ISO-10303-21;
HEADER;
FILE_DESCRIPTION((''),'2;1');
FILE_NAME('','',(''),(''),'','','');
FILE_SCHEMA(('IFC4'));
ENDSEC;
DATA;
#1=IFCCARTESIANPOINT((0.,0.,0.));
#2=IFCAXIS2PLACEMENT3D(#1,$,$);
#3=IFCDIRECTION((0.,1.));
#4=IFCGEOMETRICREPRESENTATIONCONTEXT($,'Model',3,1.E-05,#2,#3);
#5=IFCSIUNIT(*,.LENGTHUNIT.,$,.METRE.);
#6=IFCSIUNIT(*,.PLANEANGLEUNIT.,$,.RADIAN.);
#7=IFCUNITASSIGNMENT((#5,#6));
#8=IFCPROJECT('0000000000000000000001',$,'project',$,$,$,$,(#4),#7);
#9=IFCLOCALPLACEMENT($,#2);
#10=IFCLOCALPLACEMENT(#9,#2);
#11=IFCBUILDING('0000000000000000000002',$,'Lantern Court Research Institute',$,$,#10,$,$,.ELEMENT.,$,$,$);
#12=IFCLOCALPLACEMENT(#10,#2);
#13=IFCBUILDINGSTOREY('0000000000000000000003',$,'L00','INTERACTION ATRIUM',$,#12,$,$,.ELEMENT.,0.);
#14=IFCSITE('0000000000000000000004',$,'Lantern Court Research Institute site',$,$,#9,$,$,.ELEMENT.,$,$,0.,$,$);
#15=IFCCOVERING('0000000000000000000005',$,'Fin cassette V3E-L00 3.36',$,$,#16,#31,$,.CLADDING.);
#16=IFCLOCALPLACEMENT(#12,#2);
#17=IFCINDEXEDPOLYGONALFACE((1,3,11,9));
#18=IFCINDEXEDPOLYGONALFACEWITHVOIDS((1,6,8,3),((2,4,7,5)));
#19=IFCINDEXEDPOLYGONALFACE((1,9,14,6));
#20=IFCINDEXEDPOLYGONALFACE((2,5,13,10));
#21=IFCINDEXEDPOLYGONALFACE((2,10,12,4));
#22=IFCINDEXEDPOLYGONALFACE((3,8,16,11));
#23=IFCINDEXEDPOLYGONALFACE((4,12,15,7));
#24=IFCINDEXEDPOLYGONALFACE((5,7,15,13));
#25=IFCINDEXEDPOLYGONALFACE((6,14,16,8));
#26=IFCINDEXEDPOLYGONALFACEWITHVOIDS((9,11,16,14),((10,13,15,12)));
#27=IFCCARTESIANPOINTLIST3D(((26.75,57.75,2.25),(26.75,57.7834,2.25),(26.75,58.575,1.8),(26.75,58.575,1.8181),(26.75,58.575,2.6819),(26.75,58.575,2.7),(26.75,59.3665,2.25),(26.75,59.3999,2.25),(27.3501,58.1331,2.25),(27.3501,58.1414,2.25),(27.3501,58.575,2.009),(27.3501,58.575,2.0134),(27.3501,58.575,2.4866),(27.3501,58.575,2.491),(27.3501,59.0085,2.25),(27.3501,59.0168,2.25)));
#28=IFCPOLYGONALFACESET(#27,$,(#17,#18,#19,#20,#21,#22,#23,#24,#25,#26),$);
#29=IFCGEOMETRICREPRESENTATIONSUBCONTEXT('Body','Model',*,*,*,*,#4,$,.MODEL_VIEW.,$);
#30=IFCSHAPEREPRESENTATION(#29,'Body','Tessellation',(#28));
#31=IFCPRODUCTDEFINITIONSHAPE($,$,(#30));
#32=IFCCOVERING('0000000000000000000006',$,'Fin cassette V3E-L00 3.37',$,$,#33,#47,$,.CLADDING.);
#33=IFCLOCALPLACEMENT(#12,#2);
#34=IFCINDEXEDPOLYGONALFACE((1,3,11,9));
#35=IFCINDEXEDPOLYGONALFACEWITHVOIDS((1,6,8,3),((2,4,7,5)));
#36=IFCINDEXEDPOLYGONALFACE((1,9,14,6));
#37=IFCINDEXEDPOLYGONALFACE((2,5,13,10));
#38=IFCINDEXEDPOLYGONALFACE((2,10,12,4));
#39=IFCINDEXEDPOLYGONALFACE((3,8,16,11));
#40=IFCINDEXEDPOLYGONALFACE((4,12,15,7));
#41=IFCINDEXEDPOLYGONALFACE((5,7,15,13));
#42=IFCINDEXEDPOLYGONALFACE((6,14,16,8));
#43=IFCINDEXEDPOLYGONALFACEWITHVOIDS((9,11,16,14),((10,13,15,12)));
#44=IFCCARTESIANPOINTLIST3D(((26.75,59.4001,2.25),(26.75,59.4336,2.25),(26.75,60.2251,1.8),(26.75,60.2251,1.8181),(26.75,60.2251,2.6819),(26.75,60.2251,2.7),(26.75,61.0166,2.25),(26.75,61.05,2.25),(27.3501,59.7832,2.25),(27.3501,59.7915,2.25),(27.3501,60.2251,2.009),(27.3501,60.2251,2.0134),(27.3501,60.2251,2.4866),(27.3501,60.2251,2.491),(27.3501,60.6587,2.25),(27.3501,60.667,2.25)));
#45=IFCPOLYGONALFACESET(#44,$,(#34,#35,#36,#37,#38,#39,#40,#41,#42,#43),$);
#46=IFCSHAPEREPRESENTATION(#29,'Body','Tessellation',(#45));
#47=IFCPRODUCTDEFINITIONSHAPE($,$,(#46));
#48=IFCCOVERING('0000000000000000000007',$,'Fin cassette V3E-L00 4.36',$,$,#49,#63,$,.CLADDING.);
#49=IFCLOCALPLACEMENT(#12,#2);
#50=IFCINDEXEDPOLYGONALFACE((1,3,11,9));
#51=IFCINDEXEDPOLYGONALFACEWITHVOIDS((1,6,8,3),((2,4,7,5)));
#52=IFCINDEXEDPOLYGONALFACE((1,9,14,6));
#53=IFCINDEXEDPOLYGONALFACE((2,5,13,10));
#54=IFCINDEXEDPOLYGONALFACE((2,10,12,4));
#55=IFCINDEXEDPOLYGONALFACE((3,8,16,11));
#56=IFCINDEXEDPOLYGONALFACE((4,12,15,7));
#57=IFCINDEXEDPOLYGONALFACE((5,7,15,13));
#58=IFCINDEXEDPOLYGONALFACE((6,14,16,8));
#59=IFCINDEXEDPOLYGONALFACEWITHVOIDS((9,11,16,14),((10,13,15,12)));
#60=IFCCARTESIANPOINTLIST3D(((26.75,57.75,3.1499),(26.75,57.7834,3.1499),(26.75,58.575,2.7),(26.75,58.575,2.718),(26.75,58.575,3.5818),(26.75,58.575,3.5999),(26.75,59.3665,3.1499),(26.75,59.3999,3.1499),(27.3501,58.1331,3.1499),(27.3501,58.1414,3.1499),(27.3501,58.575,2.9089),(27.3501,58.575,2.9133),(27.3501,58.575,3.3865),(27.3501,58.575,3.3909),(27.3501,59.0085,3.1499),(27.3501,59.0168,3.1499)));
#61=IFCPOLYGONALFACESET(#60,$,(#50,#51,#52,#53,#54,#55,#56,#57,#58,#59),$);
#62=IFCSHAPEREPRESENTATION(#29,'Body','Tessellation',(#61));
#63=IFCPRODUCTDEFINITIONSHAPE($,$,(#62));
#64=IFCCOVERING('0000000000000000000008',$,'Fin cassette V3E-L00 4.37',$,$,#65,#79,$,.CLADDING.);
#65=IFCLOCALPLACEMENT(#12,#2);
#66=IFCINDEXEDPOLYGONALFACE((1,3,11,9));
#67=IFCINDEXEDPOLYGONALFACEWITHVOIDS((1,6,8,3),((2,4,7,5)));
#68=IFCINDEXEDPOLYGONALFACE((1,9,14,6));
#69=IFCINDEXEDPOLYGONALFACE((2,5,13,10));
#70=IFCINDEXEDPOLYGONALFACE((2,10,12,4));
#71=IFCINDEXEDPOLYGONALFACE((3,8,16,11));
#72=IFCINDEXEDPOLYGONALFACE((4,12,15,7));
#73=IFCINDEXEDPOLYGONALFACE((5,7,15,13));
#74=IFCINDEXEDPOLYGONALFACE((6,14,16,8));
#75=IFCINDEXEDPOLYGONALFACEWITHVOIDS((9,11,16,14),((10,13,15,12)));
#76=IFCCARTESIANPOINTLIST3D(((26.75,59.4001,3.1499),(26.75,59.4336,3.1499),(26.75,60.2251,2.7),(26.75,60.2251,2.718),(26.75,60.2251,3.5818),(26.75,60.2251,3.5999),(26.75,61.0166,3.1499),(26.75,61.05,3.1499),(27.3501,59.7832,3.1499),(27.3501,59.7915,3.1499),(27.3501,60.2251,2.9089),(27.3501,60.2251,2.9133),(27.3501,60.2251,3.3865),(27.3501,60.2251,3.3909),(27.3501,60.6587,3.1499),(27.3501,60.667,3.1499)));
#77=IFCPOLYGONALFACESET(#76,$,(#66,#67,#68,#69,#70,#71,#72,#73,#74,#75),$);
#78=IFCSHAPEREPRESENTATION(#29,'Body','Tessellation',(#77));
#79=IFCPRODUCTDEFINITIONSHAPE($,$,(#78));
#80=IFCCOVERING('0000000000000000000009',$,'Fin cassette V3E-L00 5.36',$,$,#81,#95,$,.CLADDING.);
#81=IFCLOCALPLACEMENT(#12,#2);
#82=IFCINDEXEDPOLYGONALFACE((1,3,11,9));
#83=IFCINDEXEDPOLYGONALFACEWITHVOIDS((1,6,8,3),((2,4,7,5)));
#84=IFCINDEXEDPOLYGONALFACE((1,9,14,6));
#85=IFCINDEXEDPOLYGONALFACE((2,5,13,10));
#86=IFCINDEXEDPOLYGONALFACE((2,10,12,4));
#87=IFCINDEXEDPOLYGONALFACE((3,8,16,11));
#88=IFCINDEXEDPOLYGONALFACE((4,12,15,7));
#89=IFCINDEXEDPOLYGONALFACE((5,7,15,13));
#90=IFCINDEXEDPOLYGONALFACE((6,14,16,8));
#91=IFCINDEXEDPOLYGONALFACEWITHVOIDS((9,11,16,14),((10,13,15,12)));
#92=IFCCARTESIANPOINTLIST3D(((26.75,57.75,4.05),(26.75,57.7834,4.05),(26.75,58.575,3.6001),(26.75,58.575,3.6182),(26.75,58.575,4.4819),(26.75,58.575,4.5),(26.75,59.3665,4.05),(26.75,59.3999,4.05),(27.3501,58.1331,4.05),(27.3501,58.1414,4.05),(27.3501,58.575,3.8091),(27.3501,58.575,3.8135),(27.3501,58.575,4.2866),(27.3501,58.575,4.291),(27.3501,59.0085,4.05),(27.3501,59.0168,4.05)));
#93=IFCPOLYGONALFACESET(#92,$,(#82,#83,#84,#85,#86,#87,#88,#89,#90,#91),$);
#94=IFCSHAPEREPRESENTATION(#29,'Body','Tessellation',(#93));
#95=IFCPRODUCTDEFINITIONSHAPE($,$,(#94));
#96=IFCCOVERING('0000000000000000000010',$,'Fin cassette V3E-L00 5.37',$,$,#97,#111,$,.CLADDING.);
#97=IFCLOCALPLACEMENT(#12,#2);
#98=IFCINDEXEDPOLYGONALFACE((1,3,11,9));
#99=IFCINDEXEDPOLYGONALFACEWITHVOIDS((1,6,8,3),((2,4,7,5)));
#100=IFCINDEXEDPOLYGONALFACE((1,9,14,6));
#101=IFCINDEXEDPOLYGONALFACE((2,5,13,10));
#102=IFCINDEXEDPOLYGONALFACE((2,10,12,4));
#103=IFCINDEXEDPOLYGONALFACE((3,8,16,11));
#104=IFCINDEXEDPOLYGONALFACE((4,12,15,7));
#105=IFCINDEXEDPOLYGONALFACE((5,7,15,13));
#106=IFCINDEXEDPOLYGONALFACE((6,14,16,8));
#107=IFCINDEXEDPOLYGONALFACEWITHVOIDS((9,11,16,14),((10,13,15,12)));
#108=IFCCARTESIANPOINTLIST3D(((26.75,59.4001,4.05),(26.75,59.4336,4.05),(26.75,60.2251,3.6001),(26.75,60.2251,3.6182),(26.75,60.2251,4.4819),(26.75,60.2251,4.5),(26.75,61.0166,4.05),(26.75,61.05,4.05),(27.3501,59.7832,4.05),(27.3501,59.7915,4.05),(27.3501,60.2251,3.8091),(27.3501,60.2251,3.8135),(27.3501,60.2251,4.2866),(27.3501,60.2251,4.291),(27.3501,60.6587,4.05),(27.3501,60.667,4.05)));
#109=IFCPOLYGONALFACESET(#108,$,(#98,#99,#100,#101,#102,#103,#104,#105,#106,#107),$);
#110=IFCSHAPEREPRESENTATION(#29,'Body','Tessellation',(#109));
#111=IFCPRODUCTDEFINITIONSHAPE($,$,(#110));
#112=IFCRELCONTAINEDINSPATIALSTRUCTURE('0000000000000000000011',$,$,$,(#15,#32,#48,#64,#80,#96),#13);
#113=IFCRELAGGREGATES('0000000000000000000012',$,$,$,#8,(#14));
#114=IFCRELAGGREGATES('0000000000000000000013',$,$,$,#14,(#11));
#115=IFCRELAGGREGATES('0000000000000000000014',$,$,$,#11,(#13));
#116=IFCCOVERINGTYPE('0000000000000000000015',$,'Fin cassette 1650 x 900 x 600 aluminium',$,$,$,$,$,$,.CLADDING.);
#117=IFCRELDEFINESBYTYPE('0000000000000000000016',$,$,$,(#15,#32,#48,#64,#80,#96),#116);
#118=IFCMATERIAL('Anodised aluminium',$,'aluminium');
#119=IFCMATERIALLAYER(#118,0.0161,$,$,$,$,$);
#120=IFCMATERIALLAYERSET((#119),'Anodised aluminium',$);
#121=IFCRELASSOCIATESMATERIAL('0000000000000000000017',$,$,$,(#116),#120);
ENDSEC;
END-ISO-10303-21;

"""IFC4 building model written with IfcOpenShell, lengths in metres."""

from ifc_helpers import new_model, entity, si_unit, direction, frame, origin, place, context, subcontext, project, spatial, material, layer, layer_set, type_object, element, save


model = new_model("IFC4")

# Units and contexts
model_context = context("Model", 3, precision=1e-05, world=origin(), true_north=direction((0.0, 1.0)))
body_context = subcontext(model_context, "Body", "Model", "MODEL_VIEW")
ifc_project = project(units=[si_unit("LENGTHUNIT", "METRE"), si_unit("PLANEANGLEUNIT", "RADIAN")], contexts=[model_context])

# Site, building, storey
site_placement = place(None, origin())
site = spatial("IfcSite", under=ifc_project, at=site_placement, Name="Lantern Court Research Institute site", CompositionType="ELEMENT", RefElevation=0.0)
building_placement = place(site_placement, origin())
building = spatial("IfcBuilding", under=site, at=building_placement, Name="Lantern Court Research Institute", CompositionType="ELEMENT")
storey_placement = place(building_placement, origin())
storey = spatial("IfcBuildingStorey", under=building, at=storey_placement, Name="L00", Description="INTERACTION ATRIUM", CompositionType="ELEMENT", Elevation=0.0)

# Coverings
ifc_material_1 = material(Name="Anodised aluminium", Category="aluminium")
ifc_layer_1 = layer(ifc_material_1, 0.0161)
ifc_layer_set_1 = layer_set([ifc_layer_1], Name="Anodised aluminium")
covering_type_1 = type_object("IfcCoveringType", Name="Fin cassette 1650 x 900 x 600 aluminium", PredefinedType="CLADDING", material=ifc_layer_set_1)
covering_1_placement = place(storey_placement, frame((26.75, 58.575, 2.25), z_axis=(1.0, 0.0, 0.0), x_axis=(0.0, 1.0, 0.0)))
cartesian_point_1 = entity("IfcCartesianPoint", [0.825, 0.0])
cartesian_point_2 = entity("IfcCartesianPoint", [0.7915, 0.0])
cartesian_point_3 = entity("IfcCartesianPoint", [0.4419, 0.0])
cartesian_point_4 = entity("IfcCartesianPoint", [0.4336, 0.0])
element("IfcCovering", 1, at=covering_1_placement, inside=storey, type_object=covering_type_1, Name="Fin cassette V3E-L00 3.36", PredefinedType="CLADDING", context=body_context, shape_type="SweptSolid", body=[
    entity("IfcExtrudedAreaSolidTapered", entity("IfcArbitraryProfileDefWithVoids", "AREA", None, entity("IfcPolyline", [cartesian_point_1, entity("IfcCartesianPoint", [0.0, 0.45]), entity("IfcCartesianPoint", [-0.825, 0.0]), entity("IfcCartesianPoint", [0.0, -0.45]), cartesian_point_1]), [entity("IfcPolyline", [cartesian_point_2, entity("IfcCartesianPoint", [0.0, 0.4319]), entity("IfcCartesianPoint", [-0.7915, 0.0]), entity("IfcCartesianPoint", [0.0, -0.4319]), cartesian_point_2])]), entity("IfcAxis2Placement3D", entity("IfcCartesianPoint", [0.0, 0.0, 0.0])), entity("IfcDirection", [0.0, 0.0, 1.0]), 0.6001, entity("IfcArbitraryProfileDefWithVoids", "AREA", None, entity("IfcPolyline", [cartesian_point_3, entity("IfcCartesianPoint", [0.0, 0.241]), entity("IfcCartesianPoint", [-0.4419, 0.0]), entity("IfcCartesianPoint", [0.0, -0.241]), cartesian_point_3]), [entity("IfcPolyline", [cartesian_point_4, entity("IfcCartesianPoint", [0.0, 0.2366]), entity("IfcCartesianPoint", [-0.4336, 0.0]), entity("IfcCartesianPoint", [0.0, -0.2366]), cartesian_point_4])])),
])
covering_2_placement = place(storey_placement, frame((26.75, 60.2251, 2.25), z_axis=(1.0, 0.0, 0.0), x_axis=(0.0, 1.0, 0.0)))
cartesian_point_5 = entity("IfcCartesianPoint", [0.825, 0.0])
cartesian_point_6 = entity("IfcCartesianPoint", [0.7915, 0.0])
cartesian_point_7 = entity("IfcCartesianPoint", [0.4419, 0.0])
cartesian_point_8 = entity("IfcCartesianPoint", [0.4336, 0.0])
element("IfcCovering", 2, at=covering_2_placement, inside=storey, type_object=covering_type_1, Name="Fin cassette V3E-L00 3.37", PredefinedType="CLADDING", context=body_context, shape_type="SweptSolid", body=[
    entity("IfcExtrudedAreaSolidTapered", entity("IfcArbitraryProfileDefWithVoids", "AREA", None, entity("IfcPolyline", [cartesian_point_5, entity("IfcCartesianPoint", [0.0, 0.45]), entity("IfcCartesianPoint", [-0.825, 0.0]), entity("IfcCartesianPoint", [0.0, -0.45]), cartesian_point_5]), [entity("IfcPolyline", [cartesian_point_6, entity("IfcCartesianPoint", [0.0, 0.4319]), entity("IfcCartesianPoint", [-0.7915, 0.0]), entity("IfcCartesianPoint", [0.0, -0.4319]), cartesian_point_6])]), entity("IfcAxis2Placement3D", entity("IfcCartesianPoint", [0.0, 0.0, 0.0])), entity("IfcDirection", [0.0, 0.0, 1.0]), 0.6001, entity("IfcArbitraryProfileDefWithVoids", "AREA", None, entity("IfcPolyline", [cartesian_point_7, entity("IfcCartesianPoint", [0.0, 0.241]), entity("IfcCartesianPoint", [-0.4419, 0.0]), entity("IfcCartesianPoint", [0.0, -0.241]), cartesian_point_7]), [entity("IfcPolyline", [cartesian_point_8, entity("IfcCartesianPoint", [0.0, 0.2366]), entity("IfcCartesianPoint", [-0.4336, 0.0]), entity("IfcCartesianPoint", [0.0, -0.2366]), cartesian_point_8])])),
])
covering_3_placement = place(storey_placement, frame((26.75, 58.575, 3.1499), z_axis=(1.0, 0.0, 0.0), x_axis=(0.0, 1.0, 0.0)))
cartesian_point_9 = entity("IfcCartesianPoint", [0.825, 0.0])
cartesian_point_10 = entity("IfcCartesianPoint", [0.7915, 0.0])
cartesian_point_11 = entity("IfcCartesianPoint", [0.4419, 0.0])
cartesian_point_12 = entity("IfcCartesianPoint", [0.4336, 0.0])
element("IfcCovering", 3, at=covering_3_placement, inside=storey, type_object=covering_type_1, Name="Fin cassette V3E-L00 4.36", PredefinedType="CLADDING", context=body_context, shape_type="SweptSolid", body=[
    entity("IfcExtrudedAreaSolidTapered", entity("IfcArbitraryProfileDefWithVoids", "AREA", None, entity("IfcPolyline", [cartesian_point_9, entity("IfcCartesianPoint", [0.0, 0.45]), entity("IfcCartesianPoint", [-0.825, 0.0]), entity("IfcCartesianPoint", [0.0, -0.45]), cartesian_point_9]), [entity("IfcPolyline", [cartesian_point_10, entity("IfcCartesianPoint", [0.0, 0.4319]), entity("IfcCartesianPoint", [-0.7915, 0.0]), entity("IfcCartesianPoint", [0.0, -0.4319]), cartesian_point_10])]), entity("IfcAxis2Placement3D", entity("IfcCartesianPoint", [0.0, 0.0, 0.0])), entity("IfcDirection", [0.0, 0.0, 1.0]), 0.6001, entity("IfcArbitraryProfileDefWithVoids", "AREA", None, entity("IfcPolyline", [cartesian_point_11, entity("IfcCartesianPoint", [0.0, 0.241]), entity("IfcCartesianPoint", [-0.4419, 0.0]), entity("IfcCartesianPoint", [0.0, -0.241]), cartesian_point_11]), [entity("IfcPolyline", [cartesian_point_12, entity("IfcCartesianPoint", [0.0, 0.2366]), entity("IfcCartesianPoint", [-0.4336, 0.0]), entity("IfcCartesianPoint", [0.0, -0.2366]), cartesian_point_12])])),
])
covering_4_placement = place(storey_placement, frame((26.75, 60.2251, 3.1499), z_axis=(1.0, 0.0, 0.0), x_axis=(0.0, 1.0, 0.0)))
cartesian_point_13 = entity("IfcCartesianPoint", [0.825, 0.0])
cartesian_point_14 = entity("IfcCartesianPoint", [0.7915, 0.0])
cartesian_point_15 = entity("IfcCartesianPoint", [0.4419, 0.0])
cartesian_point_16 = entity("IfcCartesianPoint", [0.4336, 0.0])
element("IfcCovering", 4, at=covering_4_placement, inside=storey, type_object=covering_type_1, Name="Fin cassette V3E-L00 4.37", PredefinedType="CLADDING", context=body_context, shape_type="SweptSolid", body=[
    entity("IfcExtrudedAreaSolidTapered", entity("IfcArbitraryProfileDefWithVoids", "AREA", None, entity("IfcPolyline", [cartesian_point_13, entity("IfcCartesianPoint", [0.0, 0.45]), entity("IfcCartesianPoint", [-0.825, 0.0]), entity("IfcCartesianPoint", [0.0, -0.45]), cartesian_point_13]), [entity("IfcPolyline", [cartesian_point_14, entity("IfcCartesianPoint", [0.0, 0.4319]), entity("IfcCartesianPoint", [-0.7915, 0.0]), entity("IfcCartesianPoint", [0.0, -0.4319]), cartesian_point_14])]), entity("IfcAxis2Placement3D", entity("IfcCartesianPoint", [0.0, 0.0, 0.0])), entity("IfcDirection", [0.0, 0.0, 1.0]), 0.6001, entity("IfcArbitraryProfileDefWithVoids", "AREA", None, entity("IfcPolyline", [cartesian_point_15, entity("IfcCartesianPoint", [0.0, 0.241]), entity("IfcCartesianPoint", [-0.4419, 0.0]), entity("IfcCartesianPoint", [0.0, -0.241]), cartesian_point_15]), [entity("IfcPolyline", [cartesian_point_16, entity("IfcCartesianPoint", [0.0, 0.2366]), entity("IfcCartesianPoint", [-0.4336, 0.0]), entity("IfcCartesianPoint", [0.0, -0.2366]), cartesian_point_16])])),
])
covering_5_placement = place(storey_placement, frame((26.75, 58.575, 4.05), z_axis=(1.0, 0.0, 0.0), x_axis=(0.0, 1.0, 0.0)))
cartesian_point_17 = entity("IfcCartesianPoint", [0.825, 0.0])
cartesian_point_18 = entity("IfcCartesianPoint", [0.7915, 0.0])
cartesian_point_19 = entity("IfcCartesianPoint", [0.4419, 0.0])
cartesian_point_20 = entity("IfcCartesianPoint", [0.4336, 0.0])
element("IfcCovering", 5, at=covering_5_placement, inside=storey, type_object=covering_type_1, Name="Fin cassette V3E-L00 5.36", PredefinedType="CLADDING", context=body_context, shape_type="SweptSolid", body=[
    entity("IfcExtrudedAreaSolidTapered", entity("IfcArbitraryProfileDefWithVoids", "AREA", None, entity("IfcPolyline", [cartesian_point_17, entity("IfcCartesianPoint", [0.0, 0.45]), entity("IfcCartesianPoint", [-0.825, 0.0]), entity("IfcCartesianPoint", [0.0, -0.45]), cartesian_point_17]), [entity("IfcPolyline", [cartesian_point_18, entity("IfcCartesianPoint", [0.0, 0.4319]), entity("IfcCartesianPoint", [-0.7915, 0.0]), entity("IfcCartesianPoint", [0.0, -0.4319]), cartesian_point_18])]), entity("IfcAxis2Placement3D", entity("IfcCartesianPoint", [0.0, 0.0, 0.0])), entity("IfcDirection", [0.0, 0.0, 1.0]), 0.6001, entity("IfcArbitraryProfileDefWithVoids", "AREA", None, entity("IfcPolyline", [cartesian_point_19, entity("IfcCartesianPoint", [0.0, 0.241]), entity("IfcCartesianPoint", [-0.4419, 0.0]), entity("IfcCartesianPoint", [0.0, -0.241]), cartesian_point_19]), [entity("IfcPolyline", [cartesian_point_20, entity("IfcCartesianPoint", [0.0, 0.2366]), entity("IfcCartesianPoint", [-0.4336, 0.0]), entity("IfcCartesianPoint", [0.0, -0.2366]), cartesian_point_20])])),
])
covering_6_placement = place(storey_placement, frame((26.75, 60.2251, 4.05), z_axis=(1.0, 0.0, 0.0), x_axis=(0.0, 1.0, 0.0)))
cartesian_point_21 = entity("IfcCartesianPoint", [0.825, 0.0])
cartesian_point_22 = entity("IfcCartesianPoint", [0.7915, 0.0])
cartesian_point_23 = entity("IfcCartesianPoint", [0.4419, 0.0])
cartesian_point_24 = entity("IfcCartesianPoint", [0.4336, 0.0])
element("IfcCovering", 6, at=covering_6_placement, inside=storey, type_object=covering_type_1, Name="Fin cassette V3E-L00 5.37", PredefinedType="CLADDING", context=body_context, shape_type="SweptSolid", body=[
    entity("IfcExtrudedAreaSolidTapered", entity("IfcArbitraryProfileDefWithVoids", "AREA", None, entity("IfcPolyline", [cartesian_point_21, entity("IfcCartesianPoint", [0.0, 0.45]), entity("IfcCartesianPoint", [-0.825, 0.0]), entity("IfcCartesianPoint", [0.0, -0.45]), cartesian_point_21]), [entity("IfcPolyline", [cartesian_point_22, entity("IfcCartesianPoint", [0.0, 0.4319]), entity("IfcCartesianPoint", [-0.7915, 0.0]), entity("IfcCartesianPoint", [0.0, -0.4319]), cartesian_point_22])]), entity("IfcAxis2Placement3D", entity("IfcCartesianPoint", [0.0, 0.0, 0.0])), entity("IfcDirection", [0.0, 0.0, 1.0]), 0.6001, entity("IfcArbitraryProfileDefWithVoids", "AREA", None, entity("IfcPolyline", [cartesian_point_23, entity("IfcCartesianPoint", [0.0, 0.241]), entity("IfcCartesianPoint", [-0.4419, 0.0]), entity("IfcCartesianPoint", [0.0, -0.241]), cartesian_point_23]), [entity("IfcPolyline", [cartesian_point_24, entity("IfcCartesianPoint", [0.0, 0.2366]), entity("IfcCartesianPoint", [-0.4336, 0.0]), entity("IfcCartesianPoint", [0.0, -0.2366]), cartesian_point_24])])),
])

save(model, "model.ifc")
